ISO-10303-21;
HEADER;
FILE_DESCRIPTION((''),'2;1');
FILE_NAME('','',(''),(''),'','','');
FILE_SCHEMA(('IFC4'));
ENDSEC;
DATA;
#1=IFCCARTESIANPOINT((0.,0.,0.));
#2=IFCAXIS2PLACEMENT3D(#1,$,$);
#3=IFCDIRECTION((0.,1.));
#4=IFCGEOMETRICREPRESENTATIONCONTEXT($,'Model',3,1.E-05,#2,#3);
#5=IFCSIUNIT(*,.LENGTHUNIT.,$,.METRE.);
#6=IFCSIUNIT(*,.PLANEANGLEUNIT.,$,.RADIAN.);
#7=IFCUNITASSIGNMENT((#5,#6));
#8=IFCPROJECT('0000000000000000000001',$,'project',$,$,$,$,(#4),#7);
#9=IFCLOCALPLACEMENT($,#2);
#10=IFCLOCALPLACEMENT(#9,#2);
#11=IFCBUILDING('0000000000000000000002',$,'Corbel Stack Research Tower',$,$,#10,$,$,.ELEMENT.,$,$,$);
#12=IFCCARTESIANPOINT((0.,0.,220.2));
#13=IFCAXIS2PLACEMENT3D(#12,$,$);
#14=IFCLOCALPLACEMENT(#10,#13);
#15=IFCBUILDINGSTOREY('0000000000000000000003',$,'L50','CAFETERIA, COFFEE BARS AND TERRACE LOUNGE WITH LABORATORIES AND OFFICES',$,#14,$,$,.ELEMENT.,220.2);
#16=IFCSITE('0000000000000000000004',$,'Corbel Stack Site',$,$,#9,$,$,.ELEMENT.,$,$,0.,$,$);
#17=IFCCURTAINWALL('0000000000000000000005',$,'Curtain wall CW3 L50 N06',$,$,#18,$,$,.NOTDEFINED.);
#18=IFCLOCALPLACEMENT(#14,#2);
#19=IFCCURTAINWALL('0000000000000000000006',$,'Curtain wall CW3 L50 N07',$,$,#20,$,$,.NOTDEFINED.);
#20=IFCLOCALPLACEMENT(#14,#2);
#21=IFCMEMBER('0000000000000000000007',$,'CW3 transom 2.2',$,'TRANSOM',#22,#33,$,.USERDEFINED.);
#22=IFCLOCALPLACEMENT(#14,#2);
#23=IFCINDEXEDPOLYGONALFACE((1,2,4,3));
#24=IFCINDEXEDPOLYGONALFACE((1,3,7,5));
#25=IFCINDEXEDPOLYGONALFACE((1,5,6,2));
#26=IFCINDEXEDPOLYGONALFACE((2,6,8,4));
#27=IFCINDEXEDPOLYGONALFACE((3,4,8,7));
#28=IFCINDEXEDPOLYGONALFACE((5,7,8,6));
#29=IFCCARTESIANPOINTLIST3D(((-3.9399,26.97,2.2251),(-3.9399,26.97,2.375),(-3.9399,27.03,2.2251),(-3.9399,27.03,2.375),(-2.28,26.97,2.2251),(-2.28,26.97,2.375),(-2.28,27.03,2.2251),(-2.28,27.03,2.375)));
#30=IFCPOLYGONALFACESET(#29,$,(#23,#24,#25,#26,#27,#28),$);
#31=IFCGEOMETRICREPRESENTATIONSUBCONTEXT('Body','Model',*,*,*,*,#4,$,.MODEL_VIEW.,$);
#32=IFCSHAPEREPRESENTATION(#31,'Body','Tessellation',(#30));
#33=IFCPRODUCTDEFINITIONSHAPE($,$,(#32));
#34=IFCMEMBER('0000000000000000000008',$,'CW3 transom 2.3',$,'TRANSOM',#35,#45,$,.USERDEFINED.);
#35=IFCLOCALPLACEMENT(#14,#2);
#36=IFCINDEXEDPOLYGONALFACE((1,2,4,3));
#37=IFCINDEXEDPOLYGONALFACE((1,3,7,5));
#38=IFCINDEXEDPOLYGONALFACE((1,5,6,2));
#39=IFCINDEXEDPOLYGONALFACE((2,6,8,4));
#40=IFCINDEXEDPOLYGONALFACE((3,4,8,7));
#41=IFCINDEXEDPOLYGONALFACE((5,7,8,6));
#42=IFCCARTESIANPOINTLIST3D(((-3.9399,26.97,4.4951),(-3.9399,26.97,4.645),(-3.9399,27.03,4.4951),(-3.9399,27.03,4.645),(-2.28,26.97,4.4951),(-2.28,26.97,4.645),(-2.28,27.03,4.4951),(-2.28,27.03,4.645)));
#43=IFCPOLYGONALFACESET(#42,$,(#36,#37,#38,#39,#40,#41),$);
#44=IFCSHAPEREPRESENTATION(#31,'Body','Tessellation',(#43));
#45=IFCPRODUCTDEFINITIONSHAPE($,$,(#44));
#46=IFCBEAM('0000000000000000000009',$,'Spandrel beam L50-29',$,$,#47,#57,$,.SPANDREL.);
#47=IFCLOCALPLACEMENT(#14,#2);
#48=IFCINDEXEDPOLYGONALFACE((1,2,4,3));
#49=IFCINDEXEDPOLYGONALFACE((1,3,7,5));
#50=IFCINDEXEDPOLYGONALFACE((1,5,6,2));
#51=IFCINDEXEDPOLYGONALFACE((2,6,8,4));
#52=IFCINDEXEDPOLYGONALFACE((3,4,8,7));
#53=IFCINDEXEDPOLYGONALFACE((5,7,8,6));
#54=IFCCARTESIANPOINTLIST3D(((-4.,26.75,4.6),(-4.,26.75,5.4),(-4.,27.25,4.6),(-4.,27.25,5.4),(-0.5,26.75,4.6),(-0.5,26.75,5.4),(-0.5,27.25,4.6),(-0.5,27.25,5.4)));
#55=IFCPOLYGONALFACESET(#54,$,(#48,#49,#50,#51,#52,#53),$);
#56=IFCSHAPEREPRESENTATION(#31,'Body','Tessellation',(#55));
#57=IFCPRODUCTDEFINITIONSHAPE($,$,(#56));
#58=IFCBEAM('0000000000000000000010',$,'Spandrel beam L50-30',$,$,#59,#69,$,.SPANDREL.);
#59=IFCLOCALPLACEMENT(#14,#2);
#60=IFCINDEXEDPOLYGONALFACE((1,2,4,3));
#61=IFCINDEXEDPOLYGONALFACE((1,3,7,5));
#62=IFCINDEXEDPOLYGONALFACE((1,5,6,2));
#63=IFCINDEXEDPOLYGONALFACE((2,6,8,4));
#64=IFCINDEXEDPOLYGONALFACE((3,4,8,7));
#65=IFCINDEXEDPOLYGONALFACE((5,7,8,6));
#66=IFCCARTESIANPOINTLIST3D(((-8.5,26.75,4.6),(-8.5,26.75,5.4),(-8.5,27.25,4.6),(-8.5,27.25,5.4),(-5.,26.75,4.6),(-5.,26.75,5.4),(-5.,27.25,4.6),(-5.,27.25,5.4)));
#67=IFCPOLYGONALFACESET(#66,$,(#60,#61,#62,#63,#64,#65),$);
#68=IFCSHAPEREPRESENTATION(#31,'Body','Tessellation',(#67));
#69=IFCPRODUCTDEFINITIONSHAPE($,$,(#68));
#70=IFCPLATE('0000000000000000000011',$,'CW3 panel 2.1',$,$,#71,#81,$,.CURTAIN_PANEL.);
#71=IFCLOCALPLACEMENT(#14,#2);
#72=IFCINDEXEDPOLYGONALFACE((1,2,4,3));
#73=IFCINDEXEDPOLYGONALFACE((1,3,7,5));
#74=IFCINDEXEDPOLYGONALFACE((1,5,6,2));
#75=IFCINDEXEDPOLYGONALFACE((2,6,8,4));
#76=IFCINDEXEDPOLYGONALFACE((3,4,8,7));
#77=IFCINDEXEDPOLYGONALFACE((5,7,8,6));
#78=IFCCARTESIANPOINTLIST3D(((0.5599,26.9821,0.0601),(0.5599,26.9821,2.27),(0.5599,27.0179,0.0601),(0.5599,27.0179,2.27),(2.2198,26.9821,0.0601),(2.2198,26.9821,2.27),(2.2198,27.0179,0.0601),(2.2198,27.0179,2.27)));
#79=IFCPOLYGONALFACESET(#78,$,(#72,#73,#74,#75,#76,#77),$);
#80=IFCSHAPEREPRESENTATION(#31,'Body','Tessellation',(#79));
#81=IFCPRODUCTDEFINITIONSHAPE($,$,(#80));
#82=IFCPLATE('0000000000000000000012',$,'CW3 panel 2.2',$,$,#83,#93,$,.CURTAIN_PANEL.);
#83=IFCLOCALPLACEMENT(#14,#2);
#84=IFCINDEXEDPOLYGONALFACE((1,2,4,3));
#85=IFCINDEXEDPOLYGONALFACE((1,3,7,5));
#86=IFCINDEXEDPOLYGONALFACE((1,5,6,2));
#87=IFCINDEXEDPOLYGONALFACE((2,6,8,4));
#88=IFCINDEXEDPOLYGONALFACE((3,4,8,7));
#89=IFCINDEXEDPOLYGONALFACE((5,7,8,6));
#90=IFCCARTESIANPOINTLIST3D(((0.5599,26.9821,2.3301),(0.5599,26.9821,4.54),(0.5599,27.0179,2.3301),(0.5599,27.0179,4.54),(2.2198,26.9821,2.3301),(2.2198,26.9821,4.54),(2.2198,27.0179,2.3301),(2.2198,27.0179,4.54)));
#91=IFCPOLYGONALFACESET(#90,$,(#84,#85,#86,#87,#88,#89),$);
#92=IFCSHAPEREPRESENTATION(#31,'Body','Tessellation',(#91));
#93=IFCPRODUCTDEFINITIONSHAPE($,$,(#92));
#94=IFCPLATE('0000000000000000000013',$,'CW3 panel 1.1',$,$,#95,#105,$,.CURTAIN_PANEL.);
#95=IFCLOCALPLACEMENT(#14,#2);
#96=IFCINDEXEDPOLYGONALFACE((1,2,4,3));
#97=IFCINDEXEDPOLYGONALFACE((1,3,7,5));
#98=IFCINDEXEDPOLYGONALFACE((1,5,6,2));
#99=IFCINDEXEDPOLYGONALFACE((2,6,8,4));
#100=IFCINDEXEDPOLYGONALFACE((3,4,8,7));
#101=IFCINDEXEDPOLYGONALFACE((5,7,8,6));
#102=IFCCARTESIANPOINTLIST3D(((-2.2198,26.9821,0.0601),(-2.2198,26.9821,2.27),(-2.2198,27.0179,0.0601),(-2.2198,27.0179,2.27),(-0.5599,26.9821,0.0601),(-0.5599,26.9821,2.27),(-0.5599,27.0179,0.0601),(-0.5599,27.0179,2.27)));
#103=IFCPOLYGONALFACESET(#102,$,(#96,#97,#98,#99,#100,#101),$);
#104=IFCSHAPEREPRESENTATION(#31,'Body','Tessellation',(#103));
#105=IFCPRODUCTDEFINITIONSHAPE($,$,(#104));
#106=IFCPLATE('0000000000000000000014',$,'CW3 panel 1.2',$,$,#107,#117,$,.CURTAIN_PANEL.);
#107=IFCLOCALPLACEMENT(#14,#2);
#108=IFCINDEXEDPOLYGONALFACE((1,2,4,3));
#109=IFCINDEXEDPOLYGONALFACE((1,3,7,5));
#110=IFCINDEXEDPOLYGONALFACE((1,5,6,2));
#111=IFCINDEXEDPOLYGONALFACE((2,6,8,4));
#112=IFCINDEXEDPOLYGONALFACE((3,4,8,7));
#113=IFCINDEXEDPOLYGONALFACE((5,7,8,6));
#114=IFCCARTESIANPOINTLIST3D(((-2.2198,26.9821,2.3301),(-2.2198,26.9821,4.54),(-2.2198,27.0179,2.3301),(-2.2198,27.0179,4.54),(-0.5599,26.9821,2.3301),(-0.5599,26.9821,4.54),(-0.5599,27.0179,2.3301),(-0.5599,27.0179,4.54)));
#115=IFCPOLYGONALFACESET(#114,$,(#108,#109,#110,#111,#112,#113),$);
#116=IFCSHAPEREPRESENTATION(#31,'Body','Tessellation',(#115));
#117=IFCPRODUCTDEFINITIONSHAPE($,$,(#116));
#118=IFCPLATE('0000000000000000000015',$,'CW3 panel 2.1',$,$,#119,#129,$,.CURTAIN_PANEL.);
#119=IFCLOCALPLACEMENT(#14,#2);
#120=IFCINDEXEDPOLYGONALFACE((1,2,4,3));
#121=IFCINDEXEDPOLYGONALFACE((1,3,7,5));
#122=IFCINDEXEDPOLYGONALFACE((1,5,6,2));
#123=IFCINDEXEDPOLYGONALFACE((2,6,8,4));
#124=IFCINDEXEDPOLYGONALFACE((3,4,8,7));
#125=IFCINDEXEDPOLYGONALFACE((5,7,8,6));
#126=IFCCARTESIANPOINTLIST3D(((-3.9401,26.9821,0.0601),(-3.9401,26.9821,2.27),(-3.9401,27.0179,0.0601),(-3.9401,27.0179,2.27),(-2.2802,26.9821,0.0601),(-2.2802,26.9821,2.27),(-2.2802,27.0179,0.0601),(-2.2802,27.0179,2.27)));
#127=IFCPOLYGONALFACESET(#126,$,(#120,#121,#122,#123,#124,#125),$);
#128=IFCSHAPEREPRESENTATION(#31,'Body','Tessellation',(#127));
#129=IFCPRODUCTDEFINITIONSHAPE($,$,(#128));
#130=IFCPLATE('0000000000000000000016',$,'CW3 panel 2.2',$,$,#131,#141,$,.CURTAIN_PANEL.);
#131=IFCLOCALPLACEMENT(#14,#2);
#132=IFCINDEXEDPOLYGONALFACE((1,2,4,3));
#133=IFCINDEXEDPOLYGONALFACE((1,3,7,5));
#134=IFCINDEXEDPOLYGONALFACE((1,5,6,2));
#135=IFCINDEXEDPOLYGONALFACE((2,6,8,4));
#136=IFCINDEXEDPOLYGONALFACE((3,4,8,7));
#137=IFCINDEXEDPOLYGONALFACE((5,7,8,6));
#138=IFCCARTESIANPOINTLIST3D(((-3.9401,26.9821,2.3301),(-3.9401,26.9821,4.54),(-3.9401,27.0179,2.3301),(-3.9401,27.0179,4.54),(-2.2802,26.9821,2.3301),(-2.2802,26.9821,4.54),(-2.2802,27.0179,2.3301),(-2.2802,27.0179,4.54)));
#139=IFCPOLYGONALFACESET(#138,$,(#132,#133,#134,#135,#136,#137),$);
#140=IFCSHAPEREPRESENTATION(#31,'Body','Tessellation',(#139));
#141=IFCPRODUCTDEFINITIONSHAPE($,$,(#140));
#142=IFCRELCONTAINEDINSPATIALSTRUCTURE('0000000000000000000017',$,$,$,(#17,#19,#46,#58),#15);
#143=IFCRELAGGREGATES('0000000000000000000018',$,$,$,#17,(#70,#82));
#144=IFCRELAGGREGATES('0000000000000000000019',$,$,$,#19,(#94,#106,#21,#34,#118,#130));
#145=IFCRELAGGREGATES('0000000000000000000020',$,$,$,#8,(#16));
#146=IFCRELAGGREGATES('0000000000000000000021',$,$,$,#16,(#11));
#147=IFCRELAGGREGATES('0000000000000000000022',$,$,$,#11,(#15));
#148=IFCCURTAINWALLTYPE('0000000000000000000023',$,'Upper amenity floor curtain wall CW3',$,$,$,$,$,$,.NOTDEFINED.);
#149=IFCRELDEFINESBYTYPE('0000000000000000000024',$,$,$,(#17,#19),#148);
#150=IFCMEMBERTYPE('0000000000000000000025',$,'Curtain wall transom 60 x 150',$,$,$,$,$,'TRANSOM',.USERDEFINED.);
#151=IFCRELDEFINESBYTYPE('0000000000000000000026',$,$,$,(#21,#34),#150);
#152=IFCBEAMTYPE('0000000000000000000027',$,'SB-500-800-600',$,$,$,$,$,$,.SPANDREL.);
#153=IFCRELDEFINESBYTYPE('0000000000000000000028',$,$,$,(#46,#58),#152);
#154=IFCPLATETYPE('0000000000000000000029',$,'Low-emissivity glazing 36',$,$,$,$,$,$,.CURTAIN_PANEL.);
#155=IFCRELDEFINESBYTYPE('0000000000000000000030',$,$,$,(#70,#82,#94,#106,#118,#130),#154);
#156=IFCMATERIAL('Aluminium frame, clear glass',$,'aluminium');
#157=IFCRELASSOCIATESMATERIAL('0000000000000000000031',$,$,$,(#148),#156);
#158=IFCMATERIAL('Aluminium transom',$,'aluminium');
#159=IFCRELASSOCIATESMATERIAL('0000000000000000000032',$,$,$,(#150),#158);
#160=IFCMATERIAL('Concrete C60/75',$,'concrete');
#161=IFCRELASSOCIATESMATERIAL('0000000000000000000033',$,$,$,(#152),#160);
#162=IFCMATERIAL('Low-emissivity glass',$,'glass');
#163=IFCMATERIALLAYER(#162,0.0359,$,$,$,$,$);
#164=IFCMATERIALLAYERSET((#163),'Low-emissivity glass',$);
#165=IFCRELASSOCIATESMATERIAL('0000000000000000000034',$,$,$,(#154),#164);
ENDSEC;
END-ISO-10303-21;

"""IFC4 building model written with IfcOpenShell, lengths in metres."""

from ifc_helpers import new_model, si_unit, direction, frame, origin, origin_2d, place, context, subcontext, project, spatial, rectangle, extrude, material, layer, layer_set, material_profile, profile_set, type_object, element, aggregate, save


model = new_model("IFC4")

# Units and contexts
model_context = context("Model", 3, precision=1e-05, world=origin(), true_north=direction((0.0, 1.0)))
body_context = subcontext(model_context, "Body", "Model", "MODEL_VIEW")
ifc_project = project(units=[si_unit("LENGTHUNIT", "METRE"), si_unit("PLANEANGLEUNIT", "RADIAN")], contexts=[model_context])

# Site, building, storey
site_placement = place(None, origin())
site = spatial("IfcSite", under=ifc_project, at=site_placement, Name="Corbel Stack Site", CompositionType="ELEMENT", RefElevation=0.0)
building_placement = place(site_placement, origin())
building = spatial("IfcBuilding", under=site, at=building_placement, Name="Corbel Stack Research Tower", CompositionType="ELEMENT")
storey_placement = place(building_placement, frame((0.0, 0.0, 220.2)))
storey = spatial("IfcBuildingStorey", under=building, at=storey_placement, Name="L50", Description="CAFETERIA, COFFEE BARS AND TERRACE LOUNGE WITH LABORATORIES AND OFFICES", CompositionType="ELEMENT", Elevation=220.2)

# Curtain walls
ifc_material_1 = material(Name="Aluminium frame, clear glass", Category="aluminium")
curtain_wall_type = type_object("IfcCurtainWallType", Name="Upper amenity floor curtain wall CW3", PredefinedType="NOTDEFINED", material=ifc_material_1)
curtain_wall_1_placement = place(storey_placement, origin())
curtain_wall_1 = element("IfcCurtainWall", 1, at=curtain_wall_1_placement, inside=storey, type_object=curtain_wall_type, Name="Curtain wall CW3 L50 N06", PredefinedType="NOTDEFINED")
curtain_wall_2_placement = place(storey_placement, origin())
curtain_wall_2 = element("IfcCurtainWall", 2, at=curtain_wall_2_placement, inside=storey, type_object=curtain_wall_type, Name="Curtain wall CW3 L50 N07", PredefinedType="NOTDEFINED")

# Members
ifc_material_2 = material(Name="Aluminium transom", Category="aluminium")
ifc_material_profile_1 = material_profile(ifc_material_2, rectangle(XDim=0.0601, YDim=0.1499, at=origin_2d()), Name="Transom 60 x 150")
ifc_profile_set_1 = profile_set([ifc_material_profile_1], Name="Aluminium transom")
member_type_1 = type_object("IfcMemberType", Name="Curtain wall transom 60 x 150", ElementType="TRANSOM", PredefinedType="USERDEFINED", material=ifc_profile_set_1)
member_1_placement = place(storey_placement, frame((-2.28, 27.0, 2.3), z_axis=(-1.0, 0.0, 0.0), x_axis=(0.0, -1.0, 0.0)))
member_1 = element("IfcMember", 3, at=member_1_placement, type_object=member_type_1, Name="CW3 transom 2.2", ObjectType="TRANSOM", PredefinedType="USERDEFINED", context=body_context, shape_type="SweptSolid", body=[
    extrude(rectangle(XDim=0.0601, YDim=0.1499, at=origin_2d()), origin(), (0.0, 0.0, 1.0), 1.6599),
])
member_2_placement = place(storey_placement, frame((-2.28, 27.0, 4.5701), z_axis=(-1.0, 0.0, 0.0), x_axis=(0.0, -1.0, 0.0)))
member_2 = element("IfcMember", 4, at=member_2_placement, type_object=member_type_1, Name="CW3 transom 2.3", ObjectType="TRANSOM", PredefinedType="USERDEFINED", context=body_context, shape_type="SweptSolid", body=[
    extrude(rectangle(XDim=0.0601, YDim=0.1499, at=origin_2d()), origin(), (0.0, 0.0, 1.0), 1.6599),
])

# Beams
ifc_material_3 = material(Name="Concrete C60/75", Category="concrete")
ifc_material_profile_2 = material_profile(ifc_material_3, rectangle(XDim=0.5, YDim=0.8, at=origin_2d()), Name="RC 500 x 800")
ifc_profile_set_2 = profile_set([ifc_material_profile_2], Name="Concrete C60/75")
beam_type = type_object("IfcBeamType", Name="SB-500-800-600", PredefinedType="SPANDREL", material=ifc_profile_set_2)
for number, where, z_axis, x_axis, name in (
    (5, (-0.5, 27.0, 5.0), (-1.0, 0.0, 0.0), (0.0, -1.0, 0.0), "Spandrel beam L50-29"),
    (6, (-5.0, 27.0, 5.0), (-1.0, 0.0, 0.0), (0.0, -1.0, 0.0), "Spandrel beam L50-30"),
):
    element("IfcBeam", number, at=place(storey_placement, frame(where, z_axis=z_axis, x_axis=x_axis)), inside=storey, type_object=beam_type, Name=name, PredefinedType="SPANDREL", context=body_context, shape_type="SweptSolid", body=[
        extrude(rectangle(XDim=0.5, YDim=0.8, at=origin_2d()), origin(), (0.0, 0.0, 1.0), 3.5),
    ])

# Plates
ifc_material_4 = material(Name="Low-emissivity glass", Category="glass")
ifc_layer = layer(ifc_material_4, 0.0359)
ifc_layer_set = layer_set([ifc_layer], Name="Low-emissivity glass")
plate_type = type_object("IfcPlateType", Name="Low-emissivity glazing 36", PredefinedType="CURTAIN_PANEL", material=ifc_layer_set)
plate_1_placement = place(storey_placement, frame((1.3899, 27.0, 0.0601), z_axis=(0.0, 0.0, 1.0), x_axis=(-1.0, 0.0, 0.0)))
plate_1 = element("IfcPlate", 7, at=plate_1_placement, type_object=plate_type, Name="CW3 panel 2.1", PredefinedType="CURTAIN_PANEL", context=body_context, shape_type="SweptSolid", body=[
    extrude(rectangle(XDim=1.6599, YDim=0.0359, at=origin_2d()), origin(), (0.0, 0.0, 1.0), 2.21),
])
plate_2_placement = place(storey_placement, frame((1.3899, 27.0, 2.3301), z_axis=(0.0, 0.0, 1.0), x_axis=(-1.0, 0.0, 0.0)))
plate_2 = element("IfcPlate", 8, at=plate_2_placement, type_object=plate_type, Name="CW3 panel 2.2", PredefinedType="CURTAIN_PANEL", context=body_context, shape_type="SweptSolid", body=[
    extrude(rectangle(XDim=1.6599, YDim=0.0359, at=origin_2d()), origin(), (0.0, 0.0, 1.0), 2.21),
])
aggregate(curtain_wall_1, [plate_1, plate_2])
plate_3_placement = place(storey_placement, frame((-1.3899, 27.0, 0.0601), z_axis=(0.0, 0.0, 1.0), x_axis=(-1.0, 0.0, 0.0)))
plate_3 = element("IfcPlate", 9, at=plate_3_placement, type_object=plate_type, Name="CW3 panel 1.1", PredefinedType="CURTAIN_PANEL", context=body_context, shape_type="SweptSolid", body=[
    extrude(rectangle(XDim=1.6599, YDim=0.0359, at=origin_2d()), origin(), (0.0, 0.0, 1.0), 2.21),
])
plate_4_placement = place(storey_placement, frame((-1.3899, 27.0, 2.3301), z_axis=(0.0, 0.0, 1.0), x_axis=(-1.0, 0.0, 0.0)))
plate_4 = element("IfcPlate", 10, at=plate_4_placement, type_object=plate_type, Name="CW3 panel 1.2", PredefinedType="CURTAIN_PANEL", context=body_context, shape_type="SweptSolid", body=[
    extrude(rectangle(XDim=1.6599, YDim=0.0359, at=origin_2d()), origin(), (0.0, 0.0, 1.0), 2.21),
])
plate_5_placement = place(storey_placement, frame((-3.1101, 27.0, 0.0601), z_axis=(0.0, 0.0, 1.0), x_axis=(-1.0, 0.0, 0.0)))
plate_5 = element("IfcPlate", 11, at=plate_5_placement, type_object=plate_type, Name="CW3 panel 2.1", PredefinedType="CURTAIN_PANEL", context=body_context, shape_type="SweptSolid", body=[
    extrude(rectangle(XDim=1.6599, YDim=0.0359, at=origin_2d()), origin(), (0.0, 0.0, 1.0), 2.21),
])
plate_6_placement = place(storey_placement, frame((-3.1101, 27.0, 2.3301), z_axis=(0.0, 0.0, 1.0), x_axis=(-1.0, 0.0, 0.0)))
plate_6 = element("IfcPlate", 12, at=plate_6_placement, type_object=plate_type, Name="CW3 panel 2.2", PredefinedType="CURTAIN_PANEL", context=body_context, shape_type="SweptSolid", body=[
    extrude(rectangle(XDim=1.6599, YDim=0.0359, at=origin_2d()), origin(), (0.0, 0.0, 1.0), 2.21),
])
aggregate(curtain_wall_2, [plate_3, plate_4, member_1, member_2, plate_5, plate_6])

save(model, "model.ifc")
